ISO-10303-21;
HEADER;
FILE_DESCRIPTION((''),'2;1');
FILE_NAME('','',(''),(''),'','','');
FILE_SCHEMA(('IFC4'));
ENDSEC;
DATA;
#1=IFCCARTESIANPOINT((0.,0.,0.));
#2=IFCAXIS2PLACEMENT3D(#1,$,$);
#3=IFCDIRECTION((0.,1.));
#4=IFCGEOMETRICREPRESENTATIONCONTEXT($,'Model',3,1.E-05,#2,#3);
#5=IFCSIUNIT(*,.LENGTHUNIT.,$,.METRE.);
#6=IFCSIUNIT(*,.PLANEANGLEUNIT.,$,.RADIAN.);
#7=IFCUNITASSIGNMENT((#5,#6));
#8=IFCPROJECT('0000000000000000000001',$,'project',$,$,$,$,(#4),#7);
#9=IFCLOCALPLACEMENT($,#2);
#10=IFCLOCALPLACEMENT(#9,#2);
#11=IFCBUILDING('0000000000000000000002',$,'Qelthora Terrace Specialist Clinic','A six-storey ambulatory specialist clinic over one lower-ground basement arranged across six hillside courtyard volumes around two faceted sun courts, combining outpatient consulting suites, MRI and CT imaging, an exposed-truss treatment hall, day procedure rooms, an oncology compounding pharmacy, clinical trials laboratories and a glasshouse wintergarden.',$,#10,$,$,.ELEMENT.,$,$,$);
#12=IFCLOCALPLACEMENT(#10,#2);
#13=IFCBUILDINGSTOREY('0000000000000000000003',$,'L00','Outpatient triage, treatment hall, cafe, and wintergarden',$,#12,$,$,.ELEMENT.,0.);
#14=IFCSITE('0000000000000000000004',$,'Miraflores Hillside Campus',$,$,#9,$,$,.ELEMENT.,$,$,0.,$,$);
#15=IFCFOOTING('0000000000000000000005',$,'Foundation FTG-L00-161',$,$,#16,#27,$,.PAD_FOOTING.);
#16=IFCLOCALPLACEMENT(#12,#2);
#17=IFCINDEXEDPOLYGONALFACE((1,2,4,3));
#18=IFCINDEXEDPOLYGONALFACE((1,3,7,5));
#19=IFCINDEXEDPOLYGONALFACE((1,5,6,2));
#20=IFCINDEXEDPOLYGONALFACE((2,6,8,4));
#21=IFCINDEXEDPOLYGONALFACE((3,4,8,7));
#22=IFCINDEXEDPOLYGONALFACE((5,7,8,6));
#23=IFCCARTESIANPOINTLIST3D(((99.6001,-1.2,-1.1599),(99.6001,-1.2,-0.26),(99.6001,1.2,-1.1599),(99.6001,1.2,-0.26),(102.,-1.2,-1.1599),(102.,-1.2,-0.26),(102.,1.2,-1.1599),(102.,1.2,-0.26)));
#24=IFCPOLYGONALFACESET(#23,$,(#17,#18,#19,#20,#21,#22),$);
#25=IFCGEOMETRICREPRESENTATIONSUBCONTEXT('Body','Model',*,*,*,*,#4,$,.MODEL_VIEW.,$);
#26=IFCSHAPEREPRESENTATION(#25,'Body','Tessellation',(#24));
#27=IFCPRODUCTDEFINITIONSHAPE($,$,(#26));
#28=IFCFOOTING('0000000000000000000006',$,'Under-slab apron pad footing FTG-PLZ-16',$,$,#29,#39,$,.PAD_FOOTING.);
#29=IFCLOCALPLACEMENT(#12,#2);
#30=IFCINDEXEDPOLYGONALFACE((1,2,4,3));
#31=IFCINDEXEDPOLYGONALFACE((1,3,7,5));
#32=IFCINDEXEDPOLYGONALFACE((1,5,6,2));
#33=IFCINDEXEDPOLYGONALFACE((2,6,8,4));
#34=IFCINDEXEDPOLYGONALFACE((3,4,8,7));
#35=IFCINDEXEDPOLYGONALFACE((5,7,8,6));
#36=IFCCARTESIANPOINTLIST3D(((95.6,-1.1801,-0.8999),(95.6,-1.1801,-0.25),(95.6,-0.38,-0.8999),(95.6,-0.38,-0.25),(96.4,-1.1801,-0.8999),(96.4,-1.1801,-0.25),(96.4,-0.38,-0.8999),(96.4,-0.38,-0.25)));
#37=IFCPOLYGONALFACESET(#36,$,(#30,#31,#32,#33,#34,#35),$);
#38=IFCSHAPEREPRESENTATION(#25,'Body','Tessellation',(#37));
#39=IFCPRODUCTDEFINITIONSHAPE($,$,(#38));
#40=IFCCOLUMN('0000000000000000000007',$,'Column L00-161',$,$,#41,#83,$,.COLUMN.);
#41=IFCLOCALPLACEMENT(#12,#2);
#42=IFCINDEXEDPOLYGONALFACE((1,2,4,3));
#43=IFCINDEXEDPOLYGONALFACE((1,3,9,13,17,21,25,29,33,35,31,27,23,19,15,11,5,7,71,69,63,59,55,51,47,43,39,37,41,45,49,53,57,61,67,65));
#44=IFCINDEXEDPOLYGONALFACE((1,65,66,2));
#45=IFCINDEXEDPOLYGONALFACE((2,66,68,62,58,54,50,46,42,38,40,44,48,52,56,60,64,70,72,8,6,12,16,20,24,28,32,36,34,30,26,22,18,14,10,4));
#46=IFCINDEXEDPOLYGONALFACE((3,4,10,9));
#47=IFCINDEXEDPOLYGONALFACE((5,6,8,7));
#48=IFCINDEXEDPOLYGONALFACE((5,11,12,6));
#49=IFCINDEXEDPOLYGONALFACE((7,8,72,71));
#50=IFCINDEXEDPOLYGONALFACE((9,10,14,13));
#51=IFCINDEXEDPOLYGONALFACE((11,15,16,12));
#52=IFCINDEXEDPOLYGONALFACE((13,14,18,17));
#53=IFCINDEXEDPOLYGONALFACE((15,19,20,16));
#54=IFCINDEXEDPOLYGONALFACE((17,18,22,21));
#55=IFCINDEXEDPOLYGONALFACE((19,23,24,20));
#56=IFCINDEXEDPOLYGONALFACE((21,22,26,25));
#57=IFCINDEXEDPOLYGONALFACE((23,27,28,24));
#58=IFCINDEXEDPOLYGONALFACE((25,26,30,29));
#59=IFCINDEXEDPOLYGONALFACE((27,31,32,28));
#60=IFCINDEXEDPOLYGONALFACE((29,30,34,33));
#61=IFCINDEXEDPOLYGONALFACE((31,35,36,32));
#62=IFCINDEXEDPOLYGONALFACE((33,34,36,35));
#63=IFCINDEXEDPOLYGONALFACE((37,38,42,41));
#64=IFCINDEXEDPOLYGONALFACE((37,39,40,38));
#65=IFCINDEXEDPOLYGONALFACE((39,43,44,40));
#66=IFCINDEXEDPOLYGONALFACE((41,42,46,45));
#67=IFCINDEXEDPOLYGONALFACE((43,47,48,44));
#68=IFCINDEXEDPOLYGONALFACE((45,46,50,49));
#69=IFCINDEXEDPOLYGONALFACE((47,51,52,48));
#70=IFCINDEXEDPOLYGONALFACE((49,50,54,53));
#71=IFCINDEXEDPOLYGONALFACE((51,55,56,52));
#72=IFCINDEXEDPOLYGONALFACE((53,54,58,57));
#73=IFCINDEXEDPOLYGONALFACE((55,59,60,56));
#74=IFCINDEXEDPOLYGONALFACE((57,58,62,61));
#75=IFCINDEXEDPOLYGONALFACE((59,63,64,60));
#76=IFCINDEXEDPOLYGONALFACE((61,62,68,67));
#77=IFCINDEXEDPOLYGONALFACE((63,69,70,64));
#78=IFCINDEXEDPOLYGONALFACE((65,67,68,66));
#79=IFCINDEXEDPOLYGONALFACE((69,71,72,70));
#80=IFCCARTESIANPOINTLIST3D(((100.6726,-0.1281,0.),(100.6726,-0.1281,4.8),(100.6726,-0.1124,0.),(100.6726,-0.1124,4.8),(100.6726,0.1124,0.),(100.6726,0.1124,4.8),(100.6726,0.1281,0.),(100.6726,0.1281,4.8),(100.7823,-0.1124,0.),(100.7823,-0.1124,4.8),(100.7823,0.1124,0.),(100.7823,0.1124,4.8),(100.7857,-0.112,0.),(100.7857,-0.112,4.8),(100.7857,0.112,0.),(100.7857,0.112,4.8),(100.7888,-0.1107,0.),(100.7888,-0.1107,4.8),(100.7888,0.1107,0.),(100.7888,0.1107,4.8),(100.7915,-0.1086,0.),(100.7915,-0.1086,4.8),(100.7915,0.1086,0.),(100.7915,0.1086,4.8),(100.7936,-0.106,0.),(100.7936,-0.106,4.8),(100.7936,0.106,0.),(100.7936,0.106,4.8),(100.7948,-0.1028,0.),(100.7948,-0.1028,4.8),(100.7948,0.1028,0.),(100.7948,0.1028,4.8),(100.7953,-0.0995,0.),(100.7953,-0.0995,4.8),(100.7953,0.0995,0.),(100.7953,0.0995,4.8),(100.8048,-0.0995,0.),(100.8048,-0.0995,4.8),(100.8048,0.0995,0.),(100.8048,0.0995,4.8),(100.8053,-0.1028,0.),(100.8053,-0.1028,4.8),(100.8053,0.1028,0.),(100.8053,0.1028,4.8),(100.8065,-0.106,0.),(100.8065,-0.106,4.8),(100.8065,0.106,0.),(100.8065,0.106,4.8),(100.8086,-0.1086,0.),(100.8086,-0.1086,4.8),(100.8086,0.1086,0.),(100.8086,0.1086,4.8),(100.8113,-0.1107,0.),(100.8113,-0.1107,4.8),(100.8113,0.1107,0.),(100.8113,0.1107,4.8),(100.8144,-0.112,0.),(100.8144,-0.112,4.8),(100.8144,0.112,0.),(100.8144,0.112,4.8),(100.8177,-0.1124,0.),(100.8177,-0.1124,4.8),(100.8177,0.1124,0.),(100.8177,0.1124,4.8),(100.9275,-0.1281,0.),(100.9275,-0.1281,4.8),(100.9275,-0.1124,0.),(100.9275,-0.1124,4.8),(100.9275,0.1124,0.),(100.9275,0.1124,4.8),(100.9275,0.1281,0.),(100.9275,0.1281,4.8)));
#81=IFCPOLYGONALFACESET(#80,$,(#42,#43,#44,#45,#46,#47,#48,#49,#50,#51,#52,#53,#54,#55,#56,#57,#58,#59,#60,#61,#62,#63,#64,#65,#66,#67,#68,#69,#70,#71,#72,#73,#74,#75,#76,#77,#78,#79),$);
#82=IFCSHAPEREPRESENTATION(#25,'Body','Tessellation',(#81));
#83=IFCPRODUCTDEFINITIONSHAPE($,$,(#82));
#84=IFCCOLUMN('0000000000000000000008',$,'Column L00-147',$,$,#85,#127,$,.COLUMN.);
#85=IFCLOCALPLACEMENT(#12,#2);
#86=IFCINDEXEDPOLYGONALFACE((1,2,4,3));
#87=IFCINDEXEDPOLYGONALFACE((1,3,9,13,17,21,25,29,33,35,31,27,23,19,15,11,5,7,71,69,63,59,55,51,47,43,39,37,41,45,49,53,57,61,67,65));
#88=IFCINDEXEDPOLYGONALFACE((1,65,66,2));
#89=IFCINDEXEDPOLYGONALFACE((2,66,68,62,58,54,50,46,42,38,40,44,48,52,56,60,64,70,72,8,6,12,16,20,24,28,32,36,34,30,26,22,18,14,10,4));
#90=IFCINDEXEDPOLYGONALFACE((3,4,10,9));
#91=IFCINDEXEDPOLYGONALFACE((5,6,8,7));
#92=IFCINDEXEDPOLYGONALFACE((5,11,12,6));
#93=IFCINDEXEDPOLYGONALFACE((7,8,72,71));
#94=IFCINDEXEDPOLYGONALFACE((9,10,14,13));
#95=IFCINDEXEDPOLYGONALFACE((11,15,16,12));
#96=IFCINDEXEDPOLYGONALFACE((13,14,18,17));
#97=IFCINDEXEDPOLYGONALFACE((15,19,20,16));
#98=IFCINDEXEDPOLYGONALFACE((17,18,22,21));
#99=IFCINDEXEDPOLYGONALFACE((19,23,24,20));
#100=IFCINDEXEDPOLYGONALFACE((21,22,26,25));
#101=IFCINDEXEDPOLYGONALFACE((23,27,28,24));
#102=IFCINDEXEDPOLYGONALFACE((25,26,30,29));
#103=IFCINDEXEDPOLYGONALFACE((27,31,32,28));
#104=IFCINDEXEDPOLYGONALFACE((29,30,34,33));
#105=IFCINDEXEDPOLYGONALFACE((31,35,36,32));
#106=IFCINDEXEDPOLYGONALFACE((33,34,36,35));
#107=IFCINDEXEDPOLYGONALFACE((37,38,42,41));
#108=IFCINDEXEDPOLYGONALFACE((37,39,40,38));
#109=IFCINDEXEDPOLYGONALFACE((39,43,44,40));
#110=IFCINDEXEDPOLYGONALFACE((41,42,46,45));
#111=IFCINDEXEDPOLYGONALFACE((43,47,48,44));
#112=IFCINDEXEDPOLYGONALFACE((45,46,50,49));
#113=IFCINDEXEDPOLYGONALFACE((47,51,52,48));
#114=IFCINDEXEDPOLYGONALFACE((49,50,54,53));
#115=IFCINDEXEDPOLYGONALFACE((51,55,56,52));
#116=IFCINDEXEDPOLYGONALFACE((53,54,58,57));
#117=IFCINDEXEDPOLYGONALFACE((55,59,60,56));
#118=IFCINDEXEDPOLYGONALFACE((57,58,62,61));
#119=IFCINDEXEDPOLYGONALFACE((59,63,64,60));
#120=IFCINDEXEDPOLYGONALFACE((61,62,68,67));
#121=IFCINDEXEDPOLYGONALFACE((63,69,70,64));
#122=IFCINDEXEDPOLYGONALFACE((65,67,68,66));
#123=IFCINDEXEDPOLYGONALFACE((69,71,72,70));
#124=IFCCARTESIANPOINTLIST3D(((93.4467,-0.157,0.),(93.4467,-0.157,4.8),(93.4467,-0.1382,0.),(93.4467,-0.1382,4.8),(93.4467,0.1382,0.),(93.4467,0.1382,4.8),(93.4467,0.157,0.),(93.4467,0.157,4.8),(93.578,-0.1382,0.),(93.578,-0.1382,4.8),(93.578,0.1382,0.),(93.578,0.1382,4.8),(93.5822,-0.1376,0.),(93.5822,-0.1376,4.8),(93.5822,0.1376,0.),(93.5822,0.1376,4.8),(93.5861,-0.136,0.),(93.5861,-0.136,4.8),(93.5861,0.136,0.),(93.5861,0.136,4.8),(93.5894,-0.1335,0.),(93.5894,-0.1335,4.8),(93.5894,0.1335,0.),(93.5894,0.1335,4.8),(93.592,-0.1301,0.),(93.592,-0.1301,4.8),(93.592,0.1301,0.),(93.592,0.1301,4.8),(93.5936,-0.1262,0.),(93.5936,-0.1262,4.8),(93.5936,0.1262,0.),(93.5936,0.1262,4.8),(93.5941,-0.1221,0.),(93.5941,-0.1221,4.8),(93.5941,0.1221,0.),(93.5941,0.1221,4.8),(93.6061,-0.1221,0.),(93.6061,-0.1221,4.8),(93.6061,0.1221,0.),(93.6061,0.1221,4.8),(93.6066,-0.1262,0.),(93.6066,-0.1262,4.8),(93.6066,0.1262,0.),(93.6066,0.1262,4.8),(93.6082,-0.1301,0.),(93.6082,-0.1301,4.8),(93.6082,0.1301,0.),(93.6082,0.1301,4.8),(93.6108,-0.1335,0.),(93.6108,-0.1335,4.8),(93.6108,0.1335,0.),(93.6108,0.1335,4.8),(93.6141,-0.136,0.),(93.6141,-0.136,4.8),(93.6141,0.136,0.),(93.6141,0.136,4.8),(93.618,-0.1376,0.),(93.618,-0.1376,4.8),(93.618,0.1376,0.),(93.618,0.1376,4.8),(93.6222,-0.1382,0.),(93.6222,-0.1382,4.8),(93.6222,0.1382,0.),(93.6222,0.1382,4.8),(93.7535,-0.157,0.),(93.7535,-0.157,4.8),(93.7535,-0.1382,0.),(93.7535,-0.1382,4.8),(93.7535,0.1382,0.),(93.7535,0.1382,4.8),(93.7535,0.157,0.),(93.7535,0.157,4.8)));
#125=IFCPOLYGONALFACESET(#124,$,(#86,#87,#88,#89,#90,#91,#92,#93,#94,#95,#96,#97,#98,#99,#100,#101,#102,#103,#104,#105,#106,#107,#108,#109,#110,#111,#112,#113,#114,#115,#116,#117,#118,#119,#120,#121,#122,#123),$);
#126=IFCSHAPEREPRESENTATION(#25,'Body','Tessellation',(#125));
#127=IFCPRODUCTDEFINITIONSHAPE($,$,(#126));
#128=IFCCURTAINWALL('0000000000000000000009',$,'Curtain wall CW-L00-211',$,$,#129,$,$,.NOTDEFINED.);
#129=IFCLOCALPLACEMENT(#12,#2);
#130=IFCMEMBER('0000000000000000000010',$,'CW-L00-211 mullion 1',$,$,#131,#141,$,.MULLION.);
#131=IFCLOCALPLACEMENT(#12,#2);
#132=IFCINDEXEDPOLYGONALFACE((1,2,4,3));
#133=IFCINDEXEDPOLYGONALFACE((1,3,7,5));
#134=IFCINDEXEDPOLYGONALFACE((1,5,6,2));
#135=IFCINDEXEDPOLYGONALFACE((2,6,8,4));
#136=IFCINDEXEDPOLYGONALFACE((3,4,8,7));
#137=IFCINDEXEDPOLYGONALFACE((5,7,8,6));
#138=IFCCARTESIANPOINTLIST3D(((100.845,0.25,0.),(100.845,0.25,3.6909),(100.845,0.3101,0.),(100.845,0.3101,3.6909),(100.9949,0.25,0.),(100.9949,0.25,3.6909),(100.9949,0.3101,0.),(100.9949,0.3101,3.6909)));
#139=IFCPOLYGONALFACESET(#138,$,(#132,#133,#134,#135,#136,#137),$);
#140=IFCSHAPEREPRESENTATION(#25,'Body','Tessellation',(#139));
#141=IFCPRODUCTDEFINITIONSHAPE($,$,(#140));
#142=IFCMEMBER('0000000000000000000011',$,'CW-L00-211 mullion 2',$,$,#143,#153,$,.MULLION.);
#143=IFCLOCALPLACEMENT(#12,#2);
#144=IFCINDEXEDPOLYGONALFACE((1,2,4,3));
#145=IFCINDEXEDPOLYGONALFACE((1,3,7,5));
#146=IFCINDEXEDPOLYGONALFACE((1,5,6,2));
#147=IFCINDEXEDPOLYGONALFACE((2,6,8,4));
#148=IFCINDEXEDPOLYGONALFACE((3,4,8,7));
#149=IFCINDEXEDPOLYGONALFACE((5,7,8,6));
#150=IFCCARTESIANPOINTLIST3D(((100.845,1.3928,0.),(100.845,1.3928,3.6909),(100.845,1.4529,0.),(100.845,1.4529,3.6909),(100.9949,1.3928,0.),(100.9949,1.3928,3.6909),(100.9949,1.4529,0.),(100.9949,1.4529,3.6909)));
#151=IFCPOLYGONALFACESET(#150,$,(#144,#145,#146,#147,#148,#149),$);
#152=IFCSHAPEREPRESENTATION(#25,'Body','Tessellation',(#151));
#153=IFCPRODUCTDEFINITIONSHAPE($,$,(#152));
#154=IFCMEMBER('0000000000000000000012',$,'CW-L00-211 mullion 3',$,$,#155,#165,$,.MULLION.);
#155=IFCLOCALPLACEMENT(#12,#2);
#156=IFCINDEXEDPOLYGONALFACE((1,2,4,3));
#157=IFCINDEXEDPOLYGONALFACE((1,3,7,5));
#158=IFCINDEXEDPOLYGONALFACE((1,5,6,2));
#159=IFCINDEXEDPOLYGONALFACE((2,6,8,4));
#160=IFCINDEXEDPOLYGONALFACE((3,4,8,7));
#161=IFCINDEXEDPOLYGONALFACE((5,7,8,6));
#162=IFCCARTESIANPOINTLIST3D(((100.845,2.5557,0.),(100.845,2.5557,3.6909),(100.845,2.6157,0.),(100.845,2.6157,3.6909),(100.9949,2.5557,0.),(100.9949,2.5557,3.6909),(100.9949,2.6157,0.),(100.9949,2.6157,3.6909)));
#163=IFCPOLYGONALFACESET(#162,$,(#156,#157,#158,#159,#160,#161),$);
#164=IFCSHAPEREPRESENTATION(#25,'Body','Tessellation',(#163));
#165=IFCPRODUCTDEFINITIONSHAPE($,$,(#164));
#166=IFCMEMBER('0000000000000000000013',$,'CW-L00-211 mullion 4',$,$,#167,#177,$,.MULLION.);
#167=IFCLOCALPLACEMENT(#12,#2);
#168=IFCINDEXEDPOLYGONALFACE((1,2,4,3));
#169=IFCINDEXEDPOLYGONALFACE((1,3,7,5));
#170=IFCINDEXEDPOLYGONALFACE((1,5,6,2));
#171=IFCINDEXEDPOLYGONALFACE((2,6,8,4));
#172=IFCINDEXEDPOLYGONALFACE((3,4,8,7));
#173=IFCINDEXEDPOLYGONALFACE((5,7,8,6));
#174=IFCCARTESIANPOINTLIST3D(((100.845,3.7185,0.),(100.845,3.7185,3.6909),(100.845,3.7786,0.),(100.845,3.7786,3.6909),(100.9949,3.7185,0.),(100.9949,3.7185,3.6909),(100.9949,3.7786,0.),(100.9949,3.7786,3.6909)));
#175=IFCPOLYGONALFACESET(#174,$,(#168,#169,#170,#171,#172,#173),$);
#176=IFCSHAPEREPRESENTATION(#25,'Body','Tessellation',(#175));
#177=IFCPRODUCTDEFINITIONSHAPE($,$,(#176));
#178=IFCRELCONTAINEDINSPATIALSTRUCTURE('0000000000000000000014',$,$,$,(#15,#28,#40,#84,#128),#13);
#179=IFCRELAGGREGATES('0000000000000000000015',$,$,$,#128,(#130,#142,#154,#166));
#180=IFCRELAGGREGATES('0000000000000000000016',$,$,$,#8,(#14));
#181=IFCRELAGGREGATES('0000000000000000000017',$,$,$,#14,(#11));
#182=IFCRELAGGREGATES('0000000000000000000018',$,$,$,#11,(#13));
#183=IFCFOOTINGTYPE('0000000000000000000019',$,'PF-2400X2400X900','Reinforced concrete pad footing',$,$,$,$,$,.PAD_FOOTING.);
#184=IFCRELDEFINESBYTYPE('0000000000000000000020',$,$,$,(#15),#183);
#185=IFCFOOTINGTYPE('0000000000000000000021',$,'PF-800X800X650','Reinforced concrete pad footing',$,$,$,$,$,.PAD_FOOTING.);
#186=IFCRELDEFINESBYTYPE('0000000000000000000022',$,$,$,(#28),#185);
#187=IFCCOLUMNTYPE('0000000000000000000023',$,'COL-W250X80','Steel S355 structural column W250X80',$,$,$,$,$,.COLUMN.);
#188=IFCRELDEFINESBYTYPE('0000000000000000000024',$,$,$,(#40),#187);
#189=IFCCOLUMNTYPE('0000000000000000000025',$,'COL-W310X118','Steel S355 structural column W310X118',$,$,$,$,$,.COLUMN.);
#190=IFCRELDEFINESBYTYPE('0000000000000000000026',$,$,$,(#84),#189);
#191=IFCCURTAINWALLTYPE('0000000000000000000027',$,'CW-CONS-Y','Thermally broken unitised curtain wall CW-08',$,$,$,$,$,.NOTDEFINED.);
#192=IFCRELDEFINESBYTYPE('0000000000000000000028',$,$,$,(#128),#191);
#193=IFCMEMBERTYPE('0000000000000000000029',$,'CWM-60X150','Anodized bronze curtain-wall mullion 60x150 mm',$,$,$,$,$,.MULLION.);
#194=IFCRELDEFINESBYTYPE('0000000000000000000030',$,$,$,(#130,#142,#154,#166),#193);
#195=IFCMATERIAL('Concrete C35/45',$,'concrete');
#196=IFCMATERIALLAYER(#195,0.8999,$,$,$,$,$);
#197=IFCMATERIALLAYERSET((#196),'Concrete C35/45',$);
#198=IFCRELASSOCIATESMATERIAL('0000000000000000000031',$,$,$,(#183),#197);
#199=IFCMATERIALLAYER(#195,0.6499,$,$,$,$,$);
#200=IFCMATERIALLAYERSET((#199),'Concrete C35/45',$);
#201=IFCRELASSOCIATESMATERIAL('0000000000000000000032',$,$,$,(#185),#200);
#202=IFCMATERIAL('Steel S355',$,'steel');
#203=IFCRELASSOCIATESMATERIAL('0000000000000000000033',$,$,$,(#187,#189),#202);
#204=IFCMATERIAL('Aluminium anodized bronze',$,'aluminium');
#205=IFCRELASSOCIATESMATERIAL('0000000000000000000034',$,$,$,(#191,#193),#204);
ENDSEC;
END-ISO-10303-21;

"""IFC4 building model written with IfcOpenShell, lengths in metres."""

from ifc_helpers import new_model, si_unit, direction, frame, origin, origin_2d, place, context, subcontext, project, spatial, rectangle, i_section, extrude, material, layer, layer_set, material_profile, profile_set, type_object, element, aggregate, save


model = new_model("IFC4")

# Units and contexts
model_context = context("Model", 3, precision=1e-05, world=origin(), true_north=direction((0.0, 1.0)))
body_context = subcontext(model_context, "Body", "Model", "MODEL_VIEW")
ifc_project = project(units=[si_unit("LENGTHUNIT", "METRE"), si_unit("PLANEANGLEUNIT", "RADIAN")], contexts=[model_context])

# Site, building, storey
site_placement = place(None, origin())
site = spatial("IfcSite", under=ifc_project, at=site_placement, Name="Miraflores Hillside Campus", CompositionType="ELEMENT", RefElevation=0.0)
building_placement = place(site_placement, origin())
building = spatial("IfcBuilding", under=site, at=building_placement, Name="Qelthora Terrace Specialist Clinic", Description="A six-storey ambulatory specialist clinic over one lower-ground basement arranged across six hillside courtyard volumes around two faceted sun courts, combining outpatient consulting suites, MRI and CT imaging, an exposed-truss treatment hall, day procedure rooms, an oncology compounding pharmacy, clinical trials laboratories and a glasshouse wintergarden.", CompositionType="ELEMENT")
storey_placement = place(building_placement, origin())
storey = spatial("IfcBuildingStorey", under=building, at=storey_placement, Name="L00", Description="Outpatient triage, treatment hall, cafe, and wintergarden", CompositionType="ELEMENT", Elevation=0.0)

# Footings
ifc_material_1 = material(Name="Concrete C35/45", Category="concrete")
ifc_layer_1 = layer(ifc_material_1, 0.8999)
ifc_layer_set_1 = layer_set([ifc_layer_1], Name="Concrete C35/45")
footing_type_1 = type_object("IfcFootingType", Name="PF-2400X2400X900", Description="Reinforced concrete pad footing", PredefinedType="PAD_FOOTING", material=ifc_layer_set_1)
footing_1_placement = place(storey_placement, frame((100.8, 0.0, -1.1599), z_axis=(0.0, 0.0, 1.0), x_axis=(1.0, 0.0, 0.0)))
element("IfcFooting", 1, at=footing_1_placement, inside=storey, type_object=footing_type_1, Name="Foundation FTG-L00-161", PredefinedType="PAD_FOOTING", context=body_context, shape_type="SweptSolid", body=[
    extrude(rectangle(XDim=2.3999, YDim=2.3999, at=origin_2d()), origin(), (0.0, 0.0, 1.0), 0.8999),
])
ifc_layer_2 = layer(ifc_material_1, 0.6499)
ifc_layer_set_2 = layer_set([ifc_layer_2], Name="Concrete C35/45")
footing_type_2 = type_object("IfcFootingType", Name="PF-800X800X650", Description="Reinforced concrete pad footing", PredefinedType="PAD_FOOTING", material=ifc_layer_set_2)
footing_2_placement = place(storey_placement, frame((96.0, -0.78, -0.8999), z_axis=(0.0, 0.0, 1.0), x_axis=(1.0, 0.0, 0.0)))
element("IfcFooting", 2, at=footing_2_placement, inside=storey, type_object=footing_type_2, Name="Under-slab apron pad footing FTG-PLZ-16", PredefinedType="PAD_FOOTING", context=body_context, shape_type="SweptSolid", body=[
    extrude(rectangle(XDim=0.8, YDim=0.8, at=origin_2d()), origin(), (0.0, 0.0, 1.0), 0.6499),
])

# Columns
ifc_material_2 = material(Name="Steel S355", Category="steel")
ifc_material_profile_1 = material_profile(ifc_material_2, i_section(OverallWidth=0.2549, OverallDepth=0.2561, WebThickness=0.0095, FlangeThickness=0.0156, FilletRadius=0.0129, at=origin_2d()), Name="W250X80")
ifc_profile_set_1 = profile_set([ifc_material_profile_1], Name="Steel S355")
column_type_1 = type_object("IfcColumnType", Name="COL-W250X80", Description="Steel S355 structural column W250X80", PredefinedType="COLUMN", material=ifc_profile_set_1)
column_1_placement = place(storey_placement, frame((100.8, 0.0, 0.0), z_axis=(0.0, 0.0, 1.0), x_axis=(1.0, 0.0, 0.0)))
element("IfcColumn", 3, at=column_1_placement, inside=storey, type_object=column_type_1, Name="Column L00-161", PredefinedType="COLUMN", context=body_context, shape_type="SweptSolid", body=[
    extrude(i_section(OverallWidth=0.2549, OverallDepth=0.2561, WebThickness=0.0095, FlangeThickness=0.0156, FilletRadius=0.0129, at=origin_2d()), origin(), (0.0, 0.0, 1.0), 4.8),
])
ifc_material_profile_2 = material_profile(ifc_material_2, i_section(OverallWidth=0.3069, OverallDepth=0.314, WebThickness=0.012, FlangeThickness=0.0188, FilletRadius=0.0161, at=origin_2d()), Name="W310X118")
ifc_profile_set_2 = profile_set([ifc_material_profile_2], Name="Steel S355")
column_type_2 = type_object("IfcColumnType", Name="COL-W310X118", Description="Steel S355 structural column W310X118", PredefinedType="COLUMN", material=ifc_profile_set_2)
column_2_placement = place(storey_placement, frame((93.6001, 0.0, 0.0), z_axis=(0.0, 0.0, 1.0), x_axis=(1.0, 0.0, 0.0)))
element("IfcColumn", 4, at=column_2_placement, inside=storey, type_object=column_type_2, Name="Column L00-147", PredefinedType="COLUMN", context=body_context, shape_type="SweptSolid", body=[
    extrude(i_section(OverallWidth=0.3069, OverallDepth=0.314, WebThickness=0.012, FlangeThickness=0.0188, FilletRadius=0.0161, at=origin_2d()), origin(), (0.0, 0.0, 1.0), 4.8),
])

# Curtain wall, members
ifc_material_3 = material(Name="Aluminium anodized bronze", Category="aluminium")
curtain_wall_type = type_object("IfcCurtainWallType", Name="CW-CONS-Y", Description="Thermally broken unitised curtain wall CW-08", PredefinedType="NOTDEFINED", material=ifc_material_3)
curtain_wall_placement = place(storey_placement, origin())
curtain_wall = element("IfcCurtainWall", 5, at=curtain_wall_placement, inside=storey, type_object=curtain_wall_type, Name="Curtain wall CW-L00-211", PredefinedType="NOTDEFINED")
ifc_material_profile_3 = material_profile(ifc_material_3, rectangle(XDim=0.0601, YDim=0.1499, at=origin_2d()), Name="CWM60X150")
ifc_profile_set_3 = profile_set([ifc_material_profile_3], Name="Aluminium anodized bronze")
member_type_1 = type_object("IfcMemberType", Name="CWM-60X150", Description="Anodized bronze curtain-wall mullion 60x150 mm", PredefinedType="MULLION", material=ifc_profile_set_3)
member_1_placement = place(storey_placement, frame((100.9199, 0.28, 0.0), z_axis=(0.0, 0.0, 1.0), x_axis=(0.0, 1.0, 0.0)))
member_1 = element("IfcMember", 6, at=member_1_placement, type_object=member_type_1, Name="CW-L00-211 mullion 1", PredefinedType="MULLION", context=body_context, shape_type="SweptSolid", body=[
    extrude(rectangle(XDim=0.0601, YDim=0.1499, at=origin_2d()), origin(), (0.0, 0.0, 1.0), 3.6909),
])
member_2_placement = place(storey_placement, frame((100.9199, 1.4229, 0.0), z_axis=(0.0, 0.0, 1.0), x_axis=(0.0, 1.0, 0.0)))
member_2 = element("IfcMember", 7, at=member_2_placement, type_object=member_type_1, Name="CW-L00-211 mullion 2", PredefinedType="MULLION", context=body_context, shape_type="SweptSolid", body=[
    extrude(rectangle(XDim=0.0601, YDim=0.1499, at=origin_2d()), origin(), (0.0, 0.0, 1.0), 3.6909),
])
member_3_placement = place(storey_placement, frame((100.9199, 2.5857, 0.0), z_axis=(0.0, 0.0, 1.0), x_axis=(0.0, 1.0, 0.0)))
member_3 = element("IfcMember", 8, at=member_3_placement, type_object=member_type_1, Name="CW-L00-211 mullion 3", PredefinedType="MULLION", context=body_context, shape_type="SweptSolid", body=[
    extrude(rectangle(XDim=0.0601, YDim=0.1499, at=origin_2d()), origin(), (0.0, 0.0, 1.0), 3.6909),
])
member_4_placement = place(storey_placement, frame((100.9199, 3.7485, 0.0), z_axis=(0.0, 0.0, 1.0), x_axis=(0.0, 1.0, 0.0)))
member_4 = element("IfcMember", 9, at=member_4_placement, type_object=member_type_1, Name="CW-L00-211 mullion 4", PredefinedType="MULLION", context=body_context, shape_type="SweptSolid", body=[
    extrude(rectangle(XDim=0.0601, YDim=0.1499, at=origin_2d()), origin(), (0.0, 0.0, 1.0), 3.6909),
])

aggregate(curtain_wall, [member_1, member_2, member_3, member_4])

save(model, "model.ifc")
